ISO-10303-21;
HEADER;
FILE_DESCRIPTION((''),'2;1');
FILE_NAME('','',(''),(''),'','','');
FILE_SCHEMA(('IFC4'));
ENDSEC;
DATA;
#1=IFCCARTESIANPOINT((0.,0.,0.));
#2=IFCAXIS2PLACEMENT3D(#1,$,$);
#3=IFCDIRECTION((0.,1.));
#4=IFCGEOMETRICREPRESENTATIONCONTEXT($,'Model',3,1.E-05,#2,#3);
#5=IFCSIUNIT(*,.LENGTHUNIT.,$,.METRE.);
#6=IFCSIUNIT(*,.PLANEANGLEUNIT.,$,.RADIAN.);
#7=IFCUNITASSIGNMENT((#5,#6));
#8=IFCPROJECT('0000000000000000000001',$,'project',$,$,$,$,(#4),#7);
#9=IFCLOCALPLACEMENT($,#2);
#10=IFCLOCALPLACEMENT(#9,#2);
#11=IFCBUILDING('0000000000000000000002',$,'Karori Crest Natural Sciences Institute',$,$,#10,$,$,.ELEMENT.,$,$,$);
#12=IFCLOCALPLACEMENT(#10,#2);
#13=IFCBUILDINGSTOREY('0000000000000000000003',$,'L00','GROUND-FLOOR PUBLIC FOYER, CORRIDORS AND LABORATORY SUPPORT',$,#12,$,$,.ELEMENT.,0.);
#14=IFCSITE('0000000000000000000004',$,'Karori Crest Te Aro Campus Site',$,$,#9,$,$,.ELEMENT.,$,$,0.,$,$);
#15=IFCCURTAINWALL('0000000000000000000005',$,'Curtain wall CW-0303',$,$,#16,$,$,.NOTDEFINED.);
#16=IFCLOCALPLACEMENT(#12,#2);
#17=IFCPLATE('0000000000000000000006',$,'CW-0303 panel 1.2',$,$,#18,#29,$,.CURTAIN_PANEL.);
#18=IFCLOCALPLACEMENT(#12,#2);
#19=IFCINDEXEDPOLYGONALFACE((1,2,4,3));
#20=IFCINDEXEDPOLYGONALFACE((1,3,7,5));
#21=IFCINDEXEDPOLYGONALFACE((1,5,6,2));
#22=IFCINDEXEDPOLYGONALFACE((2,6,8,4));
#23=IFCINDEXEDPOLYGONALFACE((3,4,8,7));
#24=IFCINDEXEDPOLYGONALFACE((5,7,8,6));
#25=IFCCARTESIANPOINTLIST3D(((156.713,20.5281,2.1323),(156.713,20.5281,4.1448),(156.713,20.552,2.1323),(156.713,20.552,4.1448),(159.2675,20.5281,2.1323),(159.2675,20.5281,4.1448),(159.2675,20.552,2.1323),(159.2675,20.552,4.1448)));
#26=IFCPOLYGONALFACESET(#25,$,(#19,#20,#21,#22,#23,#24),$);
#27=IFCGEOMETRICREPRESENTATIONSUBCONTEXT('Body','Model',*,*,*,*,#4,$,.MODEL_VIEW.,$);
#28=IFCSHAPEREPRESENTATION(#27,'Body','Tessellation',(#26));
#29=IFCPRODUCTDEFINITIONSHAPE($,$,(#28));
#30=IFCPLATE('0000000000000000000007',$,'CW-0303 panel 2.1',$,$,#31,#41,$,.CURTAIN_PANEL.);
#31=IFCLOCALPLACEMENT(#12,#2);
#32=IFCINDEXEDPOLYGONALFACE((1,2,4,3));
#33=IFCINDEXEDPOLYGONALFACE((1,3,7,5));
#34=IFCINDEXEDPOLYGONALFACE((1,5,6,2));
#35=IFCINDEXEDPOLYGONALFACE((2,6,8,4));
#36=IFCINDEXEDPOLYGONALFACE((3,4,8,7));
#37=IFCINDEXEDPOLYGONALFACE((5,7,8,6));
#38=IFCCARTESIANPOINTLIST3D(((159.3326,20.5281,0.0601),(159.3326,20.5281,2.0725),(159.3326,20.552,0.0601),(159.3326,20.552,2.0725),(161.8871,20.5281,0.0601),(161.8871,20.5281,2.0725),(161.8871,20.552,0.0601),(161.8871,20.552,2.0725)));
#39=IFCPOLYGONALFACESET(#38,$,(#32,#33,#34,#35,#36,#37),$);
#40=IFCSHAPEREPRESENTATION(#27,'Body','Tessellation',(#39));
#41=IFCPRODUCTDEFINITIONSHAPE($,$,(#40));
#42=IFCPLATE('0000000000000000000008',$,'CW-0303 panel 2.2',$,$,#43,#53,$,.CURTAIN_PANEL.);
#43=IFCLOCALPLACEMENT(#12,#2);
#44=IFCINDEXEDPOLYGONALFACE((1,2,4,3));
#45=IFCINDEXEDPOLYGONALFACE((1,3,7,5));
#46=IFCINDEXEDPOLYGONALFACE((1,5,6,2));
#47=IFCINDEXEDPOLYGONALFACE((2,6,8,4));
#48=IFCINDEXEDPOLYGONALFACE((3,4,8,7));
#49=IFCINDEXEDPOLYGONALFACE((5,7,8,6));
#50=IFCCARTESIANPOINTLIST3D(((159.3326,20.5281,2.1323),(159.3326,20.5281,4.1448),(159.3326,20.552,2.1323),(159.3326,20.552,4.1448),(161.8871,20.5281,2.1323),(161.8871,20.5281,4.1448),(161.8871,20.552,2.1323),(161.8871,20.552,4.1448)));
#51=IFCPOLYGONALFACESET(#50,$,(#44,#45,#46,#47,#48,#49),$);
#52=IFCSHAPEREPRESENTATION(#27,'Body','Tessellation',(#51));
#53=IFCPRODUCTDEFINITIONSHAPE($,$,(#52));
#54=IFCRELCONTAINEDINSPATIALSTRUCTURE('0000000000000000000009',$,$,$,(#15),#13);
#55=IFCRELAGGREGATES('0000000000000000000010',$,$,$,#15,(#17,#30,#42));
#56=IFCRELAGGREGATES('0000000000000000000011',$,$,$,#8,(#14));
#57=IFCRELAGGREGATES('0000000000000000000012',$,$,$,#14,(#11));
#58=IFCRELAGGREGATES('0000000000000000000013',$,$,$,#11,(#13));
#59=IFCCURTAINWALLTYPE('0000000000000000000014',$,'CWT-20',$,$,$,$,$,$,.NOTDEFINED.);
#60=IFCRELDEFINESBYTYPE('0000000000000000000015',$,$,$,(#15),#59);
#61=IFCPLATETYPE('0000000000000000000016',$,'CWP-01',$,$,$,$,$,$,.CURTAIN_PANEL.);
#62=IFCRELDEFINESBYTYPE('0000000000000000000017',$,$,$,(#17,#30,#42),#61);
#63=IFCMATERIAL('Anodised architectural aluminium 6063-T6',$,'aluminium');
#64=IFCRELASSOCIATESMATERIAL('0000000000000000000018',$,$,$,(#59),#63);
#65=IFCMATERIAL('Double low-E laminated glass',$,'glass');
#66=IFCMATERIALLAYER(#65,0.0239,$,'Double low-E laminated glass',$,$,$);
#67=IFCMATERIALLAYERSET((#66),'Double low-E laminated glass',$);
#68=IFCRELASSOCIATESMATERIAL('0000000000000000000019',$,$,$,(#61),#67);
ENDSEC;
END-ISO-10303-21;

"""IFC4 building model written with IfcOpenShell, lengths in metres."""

from ifc_helpers import new_model, si_unit, direction, frame, origin, origin_2d, place, context, subcontext, project, spatial, rectangle, extrude, material, layer, layer_set, type_object, element, aggregate, save


model = new_model("IFC4")

# Units and contexts
model_context = context("Model", 3, precision=1e-05, world=origin(), true_north=direction((0.0, 1.0)))
body_context = subcontext(model_context, "Body", "Model", "MODEL_VIEW")
ifc_project = project(units=[si_unit("LENGTHUNIT", "METRE"), si_unit("PLANEANGLEUNIT", "RADIAN")], contexts=[model_context])

# Site, building, storey
site_placement = place(None, origin())
site = spatial("IfcSite", under=ifc_project, at=site_placement, Name="Karori Crest Te Aro Campus Site", CompositionType="ELEMENT", RefElevation=0.0)
building_placement = place(site_placement, origin())
building = spatial("IfcBuilding", under=site, at=building_placement, Name="Karori Crest Natural Sciences Institute", CompositionType="ELEMENT")
storey_placement = place(building_placement, origin())
storey = spatial("IfcBuildingStorey", under=building, at=storey_placement, Name="L00", Description="GROUND-FLOOR PUBLIC FOYER, CORRIDORS AND LABORATORY SUPPORT", CompositionType="ELEMENT", Elevation=0.0)

# Shared definitions
ifc_material_1 = material(Name="Anodised architectural aluminium 6063-T6", Category="aluminium")
curtain_wall_type = type_object("IfcCurtainWallType", Name="CWT-20", PredefinedType="NOTDEFINED", material=ifc_material_1)

# Curtain wall
curtain_wall_1_placement = place(storey_placement, origin())
curtain_wall_1 = element("IfcCurtainWall", 1, at=curtain_wall_1_placement, inside=storey, type_object=curtain_wall_type, Name="Curtain wall CW-0303", PredefinedType="NOTDEFINED")

# Plates
ifc_material_2 = material(Name="Double low-E laminated glass", Category="glass")
ifc_layer = layer(ifc_material_2, 0.0239, Name="Double low-E laminated glass")
ifc_layer_set = layer_set([ifc_layer], Name="Double low-E laminated glass")
plate_type = type_object("IfcPlateType", Name="CWP-01", PredefinedType="CURTAIN_PANEL", material=ifc_layer_set)
plate_1_placement = place(storey_placement, frame((157.9902, 20.54, 2.1323), z_axis=(0.0, 0.0, 1.0), x_axis=(1.0, 0.0, 0.0)))
plate_1 = element("IfcPlate", 2, at=plate_1_placement, type_object=plate_type, Name="CW-0303 panel 1.2", PredefinedType="CURTAIN_PANEL", context=body_context, shape_type="SweptSolid", body=[
    extrude(rectangle(XDim=2.5544, YDim=0.0239, at=origin_2d()), origin(), (0.0, 0.0, 1.0), 2.0125),
])
plate_2_placement = place(storey_placement, frame((160.6099, 20.54, 0.0601), z_axis=(0.0, 0.0, 1.0), x_axis=(1.0, 0.0, 0.0)))
plate_2 = element("IfcPlate", 3, at=plate_2_placement, type_object=plate_type, Name="CW-0303 panel 2.1", PredefinedType="CURTAIN_PANEL", context=body_context, shape_type="SweptSolid", body=[
    extrude(rectangle(XDim=2.5544, YDim=0.0239, at=origin_2d()), origin(), (0.0, 0.0, 1.0), 2.0125),
])
plate_3_placement = place(storey_placement, frame((160.6099, 20.54, 2.1323), z_axis=(0.0, 0.0, 1.0), x_axis=(1.0, 0.0, 0.0)))
plate_3 = element("IfcPlate", 4, at=plate_3_placement, type_object=plate_type, Name="CW-0303 panel 2.2", PredefinedType="CURTAIN_PANEL", context=body_context, shape_type="SweptSolid", body=[
    extrude(rectangle(XDim=2.5544, YDim=0.0239, at=origin_2d()), origin(), (0.0, 0.0, 1.0), 2.0125),
])
aggregate(curtain_wall_1, [plate_1, plate_2, plate_3])

save(model, "model.ifc")
